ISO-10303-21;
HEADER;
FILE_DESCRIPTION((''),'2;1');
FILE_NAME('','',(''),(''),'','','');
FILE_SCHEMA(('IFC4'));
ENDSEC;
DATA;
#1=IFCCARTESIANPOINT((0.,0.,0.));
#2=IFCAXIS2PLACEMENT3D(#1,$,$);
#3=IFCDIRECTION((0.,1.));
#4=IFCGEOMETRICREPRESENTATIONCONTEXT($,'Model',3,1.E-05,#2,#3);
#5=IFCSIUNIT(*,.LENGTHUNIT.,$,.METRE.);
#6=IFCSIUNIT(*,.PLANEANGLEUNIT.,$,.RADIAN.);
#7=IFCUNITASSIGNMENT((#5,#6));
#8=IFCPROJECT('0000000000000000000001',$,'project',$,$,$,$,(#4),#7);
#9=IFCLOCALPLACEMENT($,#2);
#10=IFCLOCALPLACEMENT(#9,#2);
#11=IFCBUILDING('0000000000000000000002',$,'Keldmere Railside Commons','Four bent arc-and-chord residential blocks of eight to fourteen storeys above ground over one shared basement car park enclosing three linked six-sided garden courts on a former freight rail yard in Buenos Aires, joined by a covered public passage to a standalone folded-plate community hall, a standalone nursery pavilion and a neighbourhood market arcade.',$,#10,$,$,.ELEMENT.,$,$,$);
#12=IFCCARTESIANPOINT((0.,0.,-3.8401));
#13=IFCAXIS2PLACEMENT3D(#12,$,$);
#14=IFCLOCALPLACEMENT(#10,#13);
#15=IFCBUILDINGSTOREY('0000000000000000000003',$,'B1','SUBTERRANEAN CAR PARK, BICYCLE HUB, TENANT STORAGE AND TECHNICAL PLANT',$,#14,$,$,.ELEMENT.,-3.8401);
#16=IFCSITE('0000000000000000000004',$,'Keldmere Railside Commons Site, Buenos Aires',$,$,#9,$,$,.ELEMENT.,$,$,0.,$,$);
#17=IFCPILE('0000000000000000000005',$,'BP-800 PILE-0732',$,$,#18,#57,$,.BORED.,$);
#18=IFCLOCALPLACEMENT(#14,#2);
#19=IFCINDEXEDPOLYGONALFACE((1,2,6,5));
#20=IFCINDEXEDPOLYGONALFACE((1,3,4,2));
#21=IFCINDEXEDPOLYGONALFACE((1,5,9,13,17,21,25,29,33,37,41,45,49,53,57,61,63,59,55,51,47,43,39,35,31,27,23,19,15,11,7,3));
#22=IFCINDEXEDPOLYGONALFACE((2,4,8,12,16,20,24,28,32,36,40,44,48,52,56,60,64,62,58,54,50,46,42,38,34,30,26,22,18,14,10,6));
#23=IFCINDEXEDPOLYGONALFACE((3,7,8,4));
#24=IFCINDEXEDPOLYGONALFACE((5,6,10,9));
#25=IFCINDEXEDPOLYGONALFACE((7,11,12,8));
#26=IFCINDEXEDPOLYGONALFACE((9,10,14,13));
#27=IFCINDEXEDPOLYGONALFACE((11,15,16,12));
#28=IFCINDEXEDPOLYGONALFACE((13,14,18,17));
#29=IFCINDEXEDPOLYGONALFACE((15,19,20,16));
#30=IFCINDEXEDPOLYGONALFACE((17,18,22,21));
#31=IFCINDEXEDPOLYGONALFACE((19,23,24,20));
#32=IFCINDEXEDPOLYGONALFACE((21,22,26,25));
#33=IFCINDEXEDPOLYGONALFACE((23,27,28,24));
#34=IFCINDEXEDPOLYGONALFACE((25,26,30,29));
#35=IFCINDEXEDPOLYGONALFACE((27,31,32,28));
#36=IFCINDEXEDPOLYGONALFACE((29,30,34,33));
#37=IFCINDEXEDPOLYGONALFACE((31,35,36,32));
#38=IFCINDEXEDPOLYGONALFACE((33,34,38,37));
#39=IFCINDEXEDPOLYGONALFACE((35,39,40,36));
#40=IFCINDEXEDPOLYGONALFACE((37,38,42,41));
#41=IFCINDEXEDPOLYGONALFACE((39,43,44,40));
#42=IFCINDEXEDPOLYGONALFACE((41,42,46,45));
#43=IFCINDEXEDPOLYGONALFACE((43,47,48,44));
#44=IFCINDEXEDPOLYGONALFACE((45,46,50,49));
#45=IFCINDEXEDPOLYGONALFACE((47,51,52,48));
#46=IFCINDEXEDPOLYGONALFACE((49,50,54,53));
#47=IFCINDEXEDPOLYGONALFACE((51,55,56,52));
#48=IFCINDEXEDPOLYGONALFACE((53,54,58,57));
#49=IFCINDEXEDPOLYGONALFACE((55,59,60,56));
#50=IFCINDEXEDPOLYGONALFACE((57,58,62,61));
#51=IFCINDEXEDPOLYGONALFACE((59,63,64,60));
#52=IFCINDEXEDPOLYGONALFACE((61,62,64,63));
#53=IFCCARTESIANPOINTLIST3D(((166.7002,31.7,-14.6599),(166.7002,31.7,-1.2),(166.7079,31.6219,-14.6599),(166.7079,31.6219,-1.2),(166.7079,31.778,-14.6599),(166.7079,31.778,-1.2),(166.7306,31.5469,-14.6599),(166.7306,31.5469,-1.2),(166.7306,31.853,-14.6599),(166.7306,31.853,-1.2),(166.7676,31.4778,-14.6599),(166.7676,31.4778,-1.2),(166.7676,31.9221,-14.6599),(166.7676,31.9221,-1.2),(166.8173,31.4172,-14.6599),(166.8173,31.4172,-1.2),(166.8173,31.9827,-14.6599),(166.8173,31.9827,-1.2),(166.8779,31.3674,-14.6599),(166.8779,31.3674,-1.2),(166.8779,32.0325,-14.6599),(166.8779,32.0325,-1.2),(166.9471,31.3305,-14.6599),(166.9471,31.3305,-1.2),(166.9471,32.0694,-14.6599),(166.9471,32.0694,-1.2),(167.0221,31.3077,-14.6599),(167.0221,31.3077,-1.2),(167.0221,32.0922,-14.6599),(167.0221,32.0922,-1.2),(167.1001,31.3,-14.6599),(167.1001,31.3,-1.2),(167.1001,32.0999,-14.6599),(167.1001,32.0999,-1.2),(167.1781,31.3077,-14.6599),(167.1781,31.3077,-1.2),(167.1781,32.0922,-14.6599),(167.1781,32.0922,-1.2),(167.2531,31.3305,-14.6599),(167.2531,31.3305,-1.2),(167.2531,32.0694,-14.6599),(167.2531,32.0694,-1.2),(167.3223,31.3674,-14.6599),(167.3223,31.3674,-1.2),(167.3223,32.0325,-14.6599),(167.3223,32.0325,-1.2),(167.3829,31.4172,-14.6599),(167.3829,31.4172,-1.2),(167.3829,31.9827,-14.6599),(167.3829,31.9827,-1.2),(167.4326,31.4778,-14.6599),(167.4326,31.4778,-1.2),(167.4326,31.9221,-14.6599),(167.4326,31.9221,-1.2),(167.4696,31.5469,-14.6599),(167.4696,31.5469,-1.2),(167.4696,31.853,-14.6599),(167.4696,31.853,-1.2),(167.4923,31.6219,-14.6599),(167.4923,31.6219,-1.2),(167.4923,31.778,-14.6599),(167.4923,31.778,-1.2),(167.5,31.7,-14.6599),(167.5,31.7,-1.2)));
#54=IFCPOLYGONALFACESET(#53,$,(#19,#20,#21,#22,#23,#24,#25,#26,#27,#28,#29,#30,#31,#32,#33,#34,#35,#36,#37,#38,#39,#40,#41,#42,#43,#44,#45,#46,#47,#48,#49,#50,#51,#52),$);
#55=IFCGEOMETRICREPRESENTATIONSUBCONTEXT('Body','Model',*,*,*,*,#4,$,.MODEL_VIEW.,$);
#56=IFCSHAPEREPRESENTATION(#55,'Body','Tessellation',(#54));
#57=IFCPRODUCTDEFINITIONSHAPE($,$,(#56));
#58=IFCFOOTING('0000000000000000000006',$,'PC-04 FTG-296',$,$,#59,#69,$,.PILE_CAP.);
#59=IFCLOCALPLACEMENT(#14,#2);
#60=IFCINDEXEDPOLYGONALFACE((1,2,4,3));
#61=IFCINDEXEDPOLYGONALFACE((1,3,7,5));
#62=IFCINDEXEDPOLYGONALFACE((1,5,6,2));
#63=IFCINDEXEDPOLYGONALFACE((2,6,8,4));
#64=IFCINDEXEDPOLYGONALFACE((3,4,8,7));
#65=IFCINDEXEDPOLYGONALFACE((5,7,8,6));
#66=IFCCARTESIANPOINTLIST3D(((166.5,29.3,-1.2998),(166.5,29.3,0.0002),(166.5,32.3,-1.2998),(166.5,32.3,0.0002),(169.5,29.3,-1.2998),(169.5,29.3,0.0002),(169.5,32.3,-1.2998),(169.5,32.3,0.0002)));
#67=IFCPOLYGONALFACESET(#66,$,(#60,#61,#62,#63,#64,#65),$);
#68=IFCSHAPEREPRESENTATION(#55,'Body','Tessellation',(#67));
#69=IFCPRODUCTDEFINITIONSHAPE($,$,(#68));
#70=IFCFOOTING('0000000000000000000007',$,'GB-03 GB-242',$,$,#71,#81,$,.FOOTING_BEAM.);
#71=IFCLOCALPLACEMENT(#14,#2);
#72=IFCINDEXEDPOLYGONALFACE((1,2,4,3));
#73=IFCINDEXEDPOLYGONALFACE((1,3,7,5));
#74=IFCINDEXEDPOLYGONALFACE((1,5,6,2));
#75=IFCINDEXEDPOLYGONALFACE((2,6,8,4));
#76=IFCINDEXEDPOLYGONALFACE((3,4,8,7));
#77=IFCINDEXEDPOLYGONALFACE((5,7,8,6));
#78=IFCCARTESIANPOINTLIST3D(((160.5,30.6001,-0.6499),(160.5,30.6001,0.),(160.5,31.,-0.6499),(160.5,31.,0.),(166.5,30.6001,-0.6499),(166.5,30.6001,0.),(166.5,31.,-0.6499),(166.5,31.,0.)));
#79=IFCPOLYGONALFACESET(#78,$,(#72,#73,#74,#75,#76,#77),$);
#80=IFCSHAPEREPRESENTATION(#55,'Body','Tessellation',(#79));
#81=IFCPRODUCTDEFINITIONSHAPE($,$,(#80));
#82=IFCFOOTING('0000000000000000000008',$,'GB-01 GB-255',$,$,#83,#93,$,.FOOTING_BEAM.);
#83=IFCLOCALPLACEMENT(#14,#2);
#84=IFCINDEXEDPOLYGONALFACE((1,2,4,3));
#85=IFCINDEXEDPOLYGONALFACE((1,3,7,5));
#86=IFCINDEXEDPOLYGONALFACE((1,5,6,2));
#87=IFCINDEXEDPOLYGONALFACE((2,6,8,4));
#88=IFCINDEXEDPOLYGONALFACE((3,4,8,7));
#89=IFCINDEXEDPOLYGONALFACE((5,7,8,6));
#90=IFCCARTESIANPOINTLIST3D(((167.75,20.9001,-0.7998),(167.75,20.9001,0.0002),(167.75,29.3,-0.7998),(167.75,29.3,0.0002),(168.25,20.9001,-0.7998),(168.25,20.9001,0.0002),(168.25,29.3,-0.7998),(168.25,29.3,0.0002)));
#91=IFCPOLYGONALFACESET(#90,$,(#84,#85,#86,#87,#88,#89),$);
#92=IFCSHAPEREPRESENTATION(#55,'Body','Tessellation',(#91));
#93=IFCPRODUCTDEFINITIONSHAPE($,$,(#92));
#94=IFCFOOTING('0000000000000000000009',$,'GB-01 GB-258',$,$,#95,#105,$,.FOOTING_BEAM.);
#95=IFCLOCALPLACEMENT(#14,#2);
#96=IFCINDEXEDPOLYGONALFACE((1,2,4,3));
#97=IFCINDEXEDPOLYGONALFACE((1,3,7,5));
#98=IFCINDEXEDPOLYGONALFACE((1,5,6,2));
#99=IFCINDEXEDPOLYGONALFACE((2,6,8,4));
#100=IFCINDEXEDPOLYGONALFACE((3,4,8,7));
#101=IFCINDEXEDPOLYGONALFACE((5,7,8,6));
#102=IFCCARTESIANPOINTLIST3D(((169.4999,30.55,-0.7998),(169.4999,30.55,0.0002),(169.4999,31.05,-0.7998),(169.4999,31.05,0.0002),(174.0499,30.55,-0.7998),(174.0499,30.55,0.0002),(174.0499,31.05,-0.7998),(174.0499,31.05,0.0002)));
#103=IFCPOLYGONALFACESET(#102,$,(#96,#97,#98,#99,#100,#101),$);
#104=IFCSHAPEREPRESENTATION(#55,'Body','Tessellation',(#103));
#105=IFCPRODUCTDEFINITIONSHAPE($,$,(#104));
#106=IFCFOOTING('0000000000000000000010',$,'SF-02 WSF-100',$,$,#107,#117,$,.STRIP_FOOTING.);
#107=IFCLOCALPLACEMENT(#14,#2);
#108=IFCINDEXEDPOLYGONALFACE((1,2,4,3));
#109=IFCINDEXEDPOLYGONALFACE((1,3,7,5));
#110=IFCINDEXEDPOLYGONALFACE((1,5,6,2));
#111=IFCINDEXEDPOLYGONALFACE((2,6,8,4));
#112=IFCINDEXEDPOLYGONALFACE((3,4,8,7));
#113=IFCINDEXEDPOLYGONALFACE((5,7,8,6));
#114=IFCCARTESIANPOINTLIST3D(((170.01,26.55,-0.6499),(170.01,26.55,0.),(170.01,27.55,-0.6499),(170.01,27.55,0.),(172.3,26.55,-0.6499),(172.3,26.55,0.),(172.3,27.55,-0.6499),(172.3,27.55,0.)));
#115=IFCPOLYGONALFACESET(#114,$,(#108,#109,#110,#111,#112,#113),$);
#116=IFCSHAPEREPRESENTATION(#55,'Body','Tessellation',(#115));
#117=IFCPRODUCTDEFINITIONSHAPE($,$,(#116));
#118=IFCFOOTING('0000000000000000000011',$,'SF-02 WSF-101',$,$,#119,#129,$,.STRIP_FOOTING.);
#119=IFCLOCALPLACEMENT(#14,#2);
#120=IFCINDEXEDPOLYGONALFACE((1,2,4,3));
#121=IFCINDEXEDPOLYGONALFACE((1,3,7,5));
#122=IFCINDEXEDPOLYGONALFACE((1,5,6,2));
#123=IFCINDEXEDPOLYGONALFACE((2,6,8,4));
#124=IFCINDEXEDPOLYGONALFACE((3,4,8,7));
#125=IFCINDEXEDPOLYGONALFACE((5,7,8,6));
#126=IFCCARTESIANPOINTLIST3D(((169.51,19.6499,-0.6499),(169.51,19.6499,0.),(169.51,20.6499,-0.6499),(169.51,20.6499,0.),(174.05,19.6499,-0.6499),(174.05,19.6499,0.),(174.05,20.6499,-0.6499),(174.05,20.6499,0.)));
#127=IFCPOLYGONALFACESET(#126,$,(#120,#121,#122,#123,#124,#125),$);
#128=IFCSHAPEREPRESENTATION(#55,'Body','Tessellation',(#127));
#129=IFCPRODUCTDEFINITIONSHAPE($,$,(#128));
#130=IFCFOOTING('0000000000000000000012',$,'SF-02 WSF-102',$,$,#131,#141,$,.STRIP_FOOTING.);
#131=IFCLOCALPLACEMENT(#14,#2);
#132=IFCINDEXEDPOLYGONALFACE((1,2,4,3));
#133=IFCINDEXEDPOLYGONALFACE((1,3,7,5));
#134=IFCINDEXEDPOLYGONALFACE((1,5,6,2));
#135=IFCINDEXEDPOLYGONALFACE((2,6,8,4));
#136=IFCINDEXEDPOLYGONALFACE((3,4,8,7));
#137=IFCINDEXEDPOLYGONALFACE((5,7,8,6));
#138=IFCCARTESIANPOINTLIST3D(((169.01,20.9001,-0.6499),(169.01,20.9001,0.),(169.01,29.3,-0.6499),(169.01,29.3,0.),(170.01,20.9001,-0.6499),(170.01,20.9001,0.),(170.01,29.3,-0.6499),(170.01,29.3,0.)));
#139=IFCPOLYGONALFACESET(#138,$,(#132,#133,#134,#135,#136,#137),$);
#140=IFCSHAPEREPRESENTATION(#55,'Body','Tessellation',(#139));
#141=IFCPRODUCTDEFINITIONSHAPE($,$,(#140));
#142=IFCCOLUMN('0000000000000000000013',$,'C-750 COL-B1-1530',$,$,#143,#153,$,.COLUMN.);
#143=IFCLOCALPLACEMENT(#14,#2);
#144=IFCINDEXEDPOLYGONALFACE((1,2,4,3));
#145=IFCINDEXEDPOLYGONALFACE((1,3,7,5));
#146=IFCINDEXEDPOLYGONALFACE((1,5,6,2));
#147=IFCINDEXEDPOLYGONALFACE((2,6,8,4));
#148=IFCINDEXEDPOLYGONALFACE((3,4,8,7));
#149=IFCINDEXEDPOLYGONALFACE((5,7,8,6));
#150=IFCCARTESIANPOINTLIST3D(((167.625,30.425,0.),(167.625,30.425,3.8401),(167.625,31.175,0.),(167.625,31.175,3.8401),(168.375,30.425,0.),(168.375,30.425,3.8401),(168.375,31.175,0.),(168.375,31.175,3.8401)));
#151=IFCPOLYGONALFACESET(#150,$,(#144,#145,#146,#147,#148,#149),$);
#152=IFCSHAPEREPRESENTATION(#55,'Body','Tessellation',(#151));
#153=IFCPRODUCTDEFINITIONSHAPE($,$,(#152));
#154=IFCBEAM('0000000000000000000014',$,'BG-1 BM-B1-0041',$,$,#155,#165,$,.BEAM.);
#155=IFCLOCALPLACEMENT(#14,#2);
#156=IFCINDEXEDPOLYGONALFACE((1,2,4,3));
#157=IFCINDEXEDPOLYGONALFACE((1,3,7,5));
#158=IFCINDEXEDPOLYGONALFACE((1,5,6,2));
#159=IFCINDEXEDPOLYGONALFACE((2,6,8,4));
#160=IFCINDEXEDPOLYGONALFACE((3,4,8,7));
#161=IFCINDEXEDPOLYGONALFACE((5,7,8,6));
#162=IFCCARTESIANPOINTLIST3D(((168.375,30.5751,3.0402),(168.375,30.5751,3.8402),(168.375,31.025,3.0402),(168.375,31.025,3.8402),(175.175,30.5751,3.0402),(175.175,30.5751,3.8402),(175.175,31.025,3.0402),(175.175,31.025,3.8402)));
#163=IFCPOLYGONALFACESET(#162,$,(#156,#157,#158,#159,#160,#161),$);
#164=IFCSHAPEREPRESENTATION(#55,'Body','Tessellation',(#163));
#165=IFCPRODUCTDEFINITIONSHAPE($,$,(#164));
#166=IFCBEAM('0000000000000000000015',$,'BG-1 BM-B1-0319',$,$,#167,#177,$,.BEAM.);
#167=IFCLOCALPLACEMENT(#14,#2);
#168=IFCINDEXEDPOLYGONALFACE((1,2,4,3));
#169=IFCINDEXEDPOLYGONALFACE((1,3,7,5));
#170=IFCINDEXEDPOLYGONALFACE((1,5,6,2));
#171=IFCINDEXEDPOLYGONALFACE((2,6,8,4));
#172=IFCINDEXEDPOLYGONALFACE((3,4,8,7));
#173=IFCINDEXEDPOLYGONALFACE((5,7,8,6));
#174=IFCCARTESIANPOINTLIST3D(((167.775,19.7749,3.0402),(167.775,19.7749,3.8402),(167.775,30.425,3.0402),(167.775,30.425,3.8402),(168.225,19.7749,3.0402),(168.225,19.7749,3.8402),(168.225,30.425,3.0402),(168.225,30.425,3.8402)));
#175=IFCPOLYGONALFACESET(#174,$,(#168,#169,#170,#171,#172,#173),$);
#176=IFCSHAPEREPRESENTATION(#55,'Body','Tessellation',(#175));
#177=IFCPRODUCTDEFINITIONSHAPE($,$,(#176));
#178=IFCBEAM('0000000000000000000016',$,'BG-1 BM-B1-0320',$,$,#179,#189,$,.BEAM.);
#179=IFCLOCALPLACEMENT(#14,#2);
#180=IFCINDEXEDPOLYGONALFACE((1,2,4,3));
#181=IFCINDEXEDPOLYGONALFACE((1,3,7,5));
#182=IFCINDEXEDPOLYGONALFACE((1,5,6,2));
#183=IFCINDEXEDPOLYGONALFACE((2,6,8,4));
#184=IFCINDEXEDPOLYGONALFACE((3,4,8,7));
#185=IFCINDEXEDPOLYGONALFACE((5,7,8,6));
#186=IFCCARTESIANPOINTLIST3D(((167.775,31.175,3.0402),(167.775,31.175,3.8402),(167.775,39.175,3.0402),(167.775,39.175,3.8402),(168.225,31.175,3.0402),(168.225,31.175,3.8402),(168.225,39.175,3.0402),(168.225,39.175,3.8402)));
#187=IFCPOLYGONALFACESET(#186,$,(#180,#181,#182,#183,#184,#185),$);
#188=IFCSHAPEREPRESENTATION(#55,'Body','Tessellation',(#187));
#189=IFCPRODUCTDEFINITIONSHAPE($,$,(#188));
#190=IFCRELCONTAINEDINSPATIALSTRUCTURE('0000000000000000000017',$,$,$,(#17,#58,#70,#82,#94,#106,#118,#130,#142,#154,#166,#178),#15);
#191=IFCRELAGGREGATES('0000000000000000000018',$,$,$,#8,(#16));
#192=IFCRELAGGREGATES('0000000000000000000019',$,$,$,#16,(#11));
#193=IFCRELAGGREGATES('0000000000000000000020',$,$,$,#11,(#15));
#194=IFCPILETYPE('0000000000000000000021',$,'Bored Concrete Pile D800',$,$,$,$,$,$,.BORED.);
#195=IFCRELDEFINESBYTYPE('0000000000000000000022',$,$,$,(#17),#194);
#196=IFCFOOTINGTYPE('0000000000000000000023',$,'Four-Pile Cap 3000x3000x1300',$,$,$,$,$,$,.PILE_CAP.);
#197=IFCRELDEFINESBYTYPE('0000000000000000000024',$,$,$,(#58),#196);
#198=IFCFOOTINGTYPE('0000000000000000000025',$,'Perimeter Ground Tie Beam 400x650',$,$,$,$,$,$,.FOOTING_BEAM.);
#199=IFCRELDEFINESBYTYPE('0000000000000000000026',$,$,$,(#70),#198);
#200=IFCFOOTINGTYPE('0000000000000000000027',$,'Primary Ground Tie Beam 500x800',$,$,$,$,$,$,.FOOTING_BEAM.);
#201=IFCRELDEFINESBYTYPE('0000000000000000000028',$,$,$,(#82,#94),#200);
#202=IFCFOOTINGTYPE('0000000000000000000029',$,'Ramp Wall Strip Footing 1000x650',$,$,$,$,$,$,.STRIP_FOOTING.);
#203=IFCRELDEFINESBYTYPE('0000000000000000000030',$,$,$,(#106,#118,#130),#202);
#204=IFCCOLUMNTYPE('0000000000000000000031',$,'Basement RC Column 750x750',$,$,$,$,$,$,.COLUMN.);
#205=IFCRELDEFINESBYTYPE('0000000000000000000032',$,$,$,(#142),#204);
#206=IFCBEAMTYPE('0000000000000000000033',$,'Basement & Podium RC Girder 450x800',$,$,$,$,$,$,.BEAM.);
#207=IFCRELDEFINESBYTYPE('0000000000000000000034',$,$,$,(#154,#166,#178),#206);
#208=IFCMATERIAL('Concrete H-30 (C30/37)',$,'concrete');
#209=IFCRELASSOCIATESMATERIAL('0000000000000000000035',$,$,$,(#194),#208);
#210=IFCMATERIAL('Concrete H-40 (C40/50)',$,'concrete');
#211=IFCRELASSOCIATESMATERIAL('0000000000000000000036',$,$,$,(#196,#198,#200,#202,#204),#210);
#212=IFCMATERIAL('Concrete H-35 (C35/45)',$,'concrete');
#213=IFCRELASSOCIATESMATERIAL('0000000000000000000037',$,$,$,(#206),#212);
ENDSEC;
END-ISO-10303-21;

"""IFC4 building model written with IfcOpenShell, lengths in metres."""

from ifc_helpers import new_model, si_unit, direction, frame, origin, origin_2d, place, context, subcontext, project, spatial, rectangle, circle, extrude, material, material_profile, profile_set, type_object, element, save


model = new_model("IFC4")

# Units and contexts
model_context = context("Model", 3, precision=1e-05, world=origin(), true_north=direction((0.0, 1.0)))
body_context = subcontext(model_context, "Body", "Model", "MODEL_VIEW")
ifc_project = project(units=[si_unit("LENGTHUNIT", "METRE"), si_unit("PLANEANGLEUNIT", "RADIAN")], contexts=[model_context])

# Site, building, storey
site_placement = place(None, origin())
site = spatial("IfcSite", under=ifc_project, at=site_placement, Name="Keldmere Railside Commons Site, Buenos Aires", CompositionType="ELEMENT", RefElevation=0.0)
building_placement = place(site_placement, origin())
building = spatial("IfcBuilding", under=site, at=building_placement, Name="Keldmere Railside Commons", Description="Four bent arc-and-chord residential blocks of eight to fourteen storeys above ground over one shared basement car park enclosing three linked six-sided garden courts on a former freight rail yard in Buenos Aires, joined by a covered public passage to a standalone folded-plate community hall, a standalone nursery pavilion and a neighbourhood market arcade.", CompositionType="ELEMENT")
storey_placement = place(building_placement, frame((0.0, 0.0, -3.8401)))
storey = spatial("IfcBuildingStorey", under=building, at=storey_placement, Name="B1", Description="SUBTERRANEAN CAR PARK, BICYCLE HUB, TENANT STORAGE AND TECHNICAL PLANT", CompositionType="ELEMENT", Elevation=-3.8401)

# Pile
ifc_material_1 = material(Name="Concrete H-30 (C30/37)", Category="concrete")
ifc_material_profile_1 = material_profile(ifc_material_1, circle(Radius=0.3999, at=origin_2d()), Name="PILE-D800")
ifc_profile_set_1 = profile_set([ifc_material_profile_1], Name="Concrete H-30 (C30/37)")
pile_type = type_object("IfcPileType", Name="Bored Concrete Pile D800", PredefinedType="BORED", material=ifc_profile_set_1)
for number, where, z_axis, x_axis, name in (
    (1, (167.1001, 31.7, -1.2), (0.0, 0.0, -1.0), (1.0, 0.0, 0.0), "BP-800 PILE-0732"),
):
    element("IfcPile", number, at=place(storey_placement, frame(where, z_axis=z_axis, x_axis=x_axis)), inside=storey, type_object=pile_type, Name=name, PredefinedType="BORED", context=body_context, shape_type="SweptSolid", body=[
        extrude(circle(Radius=0.3999, at=origin_2d()), origin(), (0.0, 0.0, 1.0), 13.46),
    ])

# Footings
ifc_material_2 = material(Name="Concrete H-40 (C40/50)", Category="concrete")
footing_type_1 = type_object("IfcFootingType", Name="Four-Pile Cap 3000x3000x1300", PredefinedType="PILE_CAP", material=ifc_material_2)
footing_1_placement = place(storey_placement, frame((168.0, 30.8, -1.2998), z_axis=(0.0, 0.0, 1.0), x_axis=(1.0, 0.0, 0.0)))
element("IfcFooting", 2, at=footing_1_placement, inside=storey, type_object=footing_type_1, Name="PC-04 FTG-296", PredefinedType="PILE_CAP", context=body_context, shape_type="SweptSolid", body=[
    extrude(rectangle(XDim=3.0, YDim=3.0, at=origin_2d()), origin(), (0.0, 0.0, 1.0), 1.3),
])
footing_type_2 = type_object("IfcFootingType", Name="Perimeter Ground Tie Beam 400x650", PredefinedType="FOOTING_BEAM", material=ifc_material_2)
footing_2_placement = place(storey_placement, frame((163.5, 30.8, -0.6499), z_axis=(0.0, 0.0, 1.0), x_axis=(1.0, 0.0, 0.0)))
element("IfcFooting", 3, at=footing_2_placement, inside=storey, type_object=footing_type_2, Name="GB-03 GB-242", PredefinedType="FOOTING_BEAM", context=body_context, shape_type="SweptSolid", body=[
    extrude(rectangle(XDim=6.0, YDim=0.3999, at=origin_2d()), origin(), (0.0, 0.0, 1.0), 0.6499),
])
footing_type_3 = type_object("IfcFootingType", Name="Primary Ground Tie Beam 500x800", PredefinedType="FOOTING_BEAM", material=ifc_material_2)
footing_3_placement = place(storey_placement, frame((168.0, 25.1001, -0.7998), z_axis=(0.0, 0.0, 1.0), x_axis=(0.0, 1.0, 0.0)))
element("IfcFooting", 4, at=footing_3_placement, inside=storey, type_object=footing_type_3, Name="GB-01 GB-255", PredefinedType="FOOTING_BEAM", context=body_context, shape_type="SweptSolid", body=[
    extrude(rectangle(XDim=8.3999, YDim=0.5, at=origin_2d()), origin(), (0.0, 0.0, 1.0), 0.8),
])
footing_4_placement = place(storey_placement, frame((171.7749, 30.8, -0.7998), z_axis=(0.0, 0.0, 1.0), x_axis=(1.0, 0.0, 0.0)))
element("IfcFooting", 5, at=footing_4_placement, inside=storey, type_object=footing_type_3, Name="GB-01 GB-258", PredefinedType="FOOTING_BEAM", context=body_context, shape_type="SweptSolid", body=[
    extrude(rectangle(XDim=4.55, YDim=0.5, at=origin_2d()), origin(), (0.0, 0.0, 1.0), 0.8),
])
footing_type_4 = type_object("IfcFootingType", Name="Ramp Wall Strip Footing 1000x650", PredefinedType="STRIP_FOOTING", material=ifc_material_2)
footing_5_placement = place(storey_placement, frame((171.155, 27.05, -0.6499), z_axis=(0.0, 0.0, 1.0), x_axis=(1.0, 0.0, 0.0)))
element("IfcFooting", 6, at=footing_5_placement, inside=storey, type_object=footing_type_4, Name="SF-02 WSF-100", PredefinedType="STRIP_FOOTING", context=body_context, shape_type="SweptSolid", body=[
    extrude(rectangle(XDim=2.29, YDim=1.0, at=origin_2d()), origin(), (0.0, 0.0, 1.0), 0.6499),
])
footing_6_placement = place(storey_placement, frame((171.78, 20.1499, -0.6499), z_axis=(0.0, 0.0, 1.0), x_axis=(1.0, 0.0, 0.0)))
element("IfcFooting", 7, at=footing_6_placement, inside=storey, type_object=footing_type_4, Name="SF-02 WSF-101", PredefinedType="STRIP_FOOTING", context=body_context, shape_type="SweptSolid", body=[
    extrude(rectangle(XDim=4.54, YDim=1.0, at=origin_2d()), origin(), (0.0, 0.0, 1.0), 0.6499),
])
footing_7_placement = place(storey_placement, frame((169.51, 25.1001, -0.6499), z_axis=(0.0, 0.0, 1.0), x_axis=(0.0, 1.0, 0.0)))
element("IfcFooting", 8, at=footing_7_placement, inside=storey, type_object=footing_type_4, Name="SF-02 WSF-102", PredefinedType="STRIP_FOOTING", context=body_context, shape_type="SweptSolid", body=[
    extrude(rectangle(XDim=8.3999, YDim=1.0, at=origin_2d()), origin(), (0.0, 0.0, 1.0), 0.6499),
])

# Column
ifc_material_profile_2 = material_profile(ifc_material_2, rectangle(XDim=0.75, YDim=0.75, at=origin_2d()), Name="RC-750x750")
ifc_profile_set_2 = profile_set([ifc_material_profile_2], Name="Concrete H-40 (C40/50)")
column_type = type_object("IfcColumnType", Name="Basement RC Column 750x750", PredefinedType="COLUMN", material=ifc_profile_set_2)
column_placement = place(storey_placement, frame((168.0, 30.8, 0.0), z_axis=(0.0, 0.0, 1.0), x_axis=(1.0, 0.0, 0.0)))
element("IfcColumn", 9, at=column_placement, inside=storey, type_object=column_type, Name="C-750 COL-B1-1530", PredefinedType="COLUMN", context=body_context, shape_type="SweptSolid", body=[
    extrude(rectangle(XDim=0.75, YDim=0.75, at=origin_2d()), origin(), (0.0, 0.0, 1.0), 3.8401),
])

# Beams
ifc_material_3 = material(Name="Concrete H-35 (C35/45)", Category="concrete")
ifc_material_profile_3 = material_profile(ifc_material_3, rectangle(XDim=0.45, YDim=0.8, at=origin_2d()), Name="RC-450x800")
ifc_profile_set_3 = profile_set([ifc_material_profile_3], Name="Concrete H-35 (C35/45)")
beam_type_1 = type_object("IfcBeamType", Name="Basement & Podium RC Girder 450x800", PredefinedType="BEAM", material=ifc_profile_set_3)
beam_1_placement = place(storey_placement, frame((168.375, 30.8, 3.4402), z_axis=(1.0, 0.0, 0.0), x_axis=(0.0, 1.0, 0.0)))
element("IfcBeam", 10, at=beam_1_placement, inside=storey, type_object=beam_type_1, Name="BG-1 BM-B1-0041", PredefinedType="BEAM", context=body_context, shape_type="SweptSolid", body=[
    extrude(rectangle(XDim=0.45, YDim=0.8, at=origin_2d()), origin(), (0.0, 0.0, 1.0), 6.8),
])
beam_2_placement = place(storey_placement, frame((168.0, 19.7749, 3.4402), z_axis=(0.0, 1.0, 0.0), x_axis=(-1.0, 0.0, 0.0)))
element("IfcBeam", 11, at=beam_2_placement, inside=storey, type_object=beam_type_1, Name="BG-1 BM-B1-0319", PredefinedType="BEAM", context=body_context, shape_type="SweptSolid", body=[
    extrude(rectangle(XDim=0.45, YDim=0.8, at=origin_2d()), origin(), (0.0, 0.0, 1.0), 10.6501),
])
beam_3_placement = place(storey_placement, frame((168.0, 31.175, 3.4402), z_axis=(0.0, 1.0, 0.0), x_axis=(-1.0, 0.0, 0.0)))
element("IfcBeam", 12, at=beam_3_placement, inside=storey, type_object=beam_type_1, Name="BG-1 BM-B1-0320", PredefinedType="BEAM", context=body_context, shape_type="SweptSolid", body=[
    extrude(rectangle(XDim=0.45, YDim=0.8, at=origin_2d()), origin(), (0.0, 0.0, 1.0), 8.0),
])

save(model, "model.ifc")
